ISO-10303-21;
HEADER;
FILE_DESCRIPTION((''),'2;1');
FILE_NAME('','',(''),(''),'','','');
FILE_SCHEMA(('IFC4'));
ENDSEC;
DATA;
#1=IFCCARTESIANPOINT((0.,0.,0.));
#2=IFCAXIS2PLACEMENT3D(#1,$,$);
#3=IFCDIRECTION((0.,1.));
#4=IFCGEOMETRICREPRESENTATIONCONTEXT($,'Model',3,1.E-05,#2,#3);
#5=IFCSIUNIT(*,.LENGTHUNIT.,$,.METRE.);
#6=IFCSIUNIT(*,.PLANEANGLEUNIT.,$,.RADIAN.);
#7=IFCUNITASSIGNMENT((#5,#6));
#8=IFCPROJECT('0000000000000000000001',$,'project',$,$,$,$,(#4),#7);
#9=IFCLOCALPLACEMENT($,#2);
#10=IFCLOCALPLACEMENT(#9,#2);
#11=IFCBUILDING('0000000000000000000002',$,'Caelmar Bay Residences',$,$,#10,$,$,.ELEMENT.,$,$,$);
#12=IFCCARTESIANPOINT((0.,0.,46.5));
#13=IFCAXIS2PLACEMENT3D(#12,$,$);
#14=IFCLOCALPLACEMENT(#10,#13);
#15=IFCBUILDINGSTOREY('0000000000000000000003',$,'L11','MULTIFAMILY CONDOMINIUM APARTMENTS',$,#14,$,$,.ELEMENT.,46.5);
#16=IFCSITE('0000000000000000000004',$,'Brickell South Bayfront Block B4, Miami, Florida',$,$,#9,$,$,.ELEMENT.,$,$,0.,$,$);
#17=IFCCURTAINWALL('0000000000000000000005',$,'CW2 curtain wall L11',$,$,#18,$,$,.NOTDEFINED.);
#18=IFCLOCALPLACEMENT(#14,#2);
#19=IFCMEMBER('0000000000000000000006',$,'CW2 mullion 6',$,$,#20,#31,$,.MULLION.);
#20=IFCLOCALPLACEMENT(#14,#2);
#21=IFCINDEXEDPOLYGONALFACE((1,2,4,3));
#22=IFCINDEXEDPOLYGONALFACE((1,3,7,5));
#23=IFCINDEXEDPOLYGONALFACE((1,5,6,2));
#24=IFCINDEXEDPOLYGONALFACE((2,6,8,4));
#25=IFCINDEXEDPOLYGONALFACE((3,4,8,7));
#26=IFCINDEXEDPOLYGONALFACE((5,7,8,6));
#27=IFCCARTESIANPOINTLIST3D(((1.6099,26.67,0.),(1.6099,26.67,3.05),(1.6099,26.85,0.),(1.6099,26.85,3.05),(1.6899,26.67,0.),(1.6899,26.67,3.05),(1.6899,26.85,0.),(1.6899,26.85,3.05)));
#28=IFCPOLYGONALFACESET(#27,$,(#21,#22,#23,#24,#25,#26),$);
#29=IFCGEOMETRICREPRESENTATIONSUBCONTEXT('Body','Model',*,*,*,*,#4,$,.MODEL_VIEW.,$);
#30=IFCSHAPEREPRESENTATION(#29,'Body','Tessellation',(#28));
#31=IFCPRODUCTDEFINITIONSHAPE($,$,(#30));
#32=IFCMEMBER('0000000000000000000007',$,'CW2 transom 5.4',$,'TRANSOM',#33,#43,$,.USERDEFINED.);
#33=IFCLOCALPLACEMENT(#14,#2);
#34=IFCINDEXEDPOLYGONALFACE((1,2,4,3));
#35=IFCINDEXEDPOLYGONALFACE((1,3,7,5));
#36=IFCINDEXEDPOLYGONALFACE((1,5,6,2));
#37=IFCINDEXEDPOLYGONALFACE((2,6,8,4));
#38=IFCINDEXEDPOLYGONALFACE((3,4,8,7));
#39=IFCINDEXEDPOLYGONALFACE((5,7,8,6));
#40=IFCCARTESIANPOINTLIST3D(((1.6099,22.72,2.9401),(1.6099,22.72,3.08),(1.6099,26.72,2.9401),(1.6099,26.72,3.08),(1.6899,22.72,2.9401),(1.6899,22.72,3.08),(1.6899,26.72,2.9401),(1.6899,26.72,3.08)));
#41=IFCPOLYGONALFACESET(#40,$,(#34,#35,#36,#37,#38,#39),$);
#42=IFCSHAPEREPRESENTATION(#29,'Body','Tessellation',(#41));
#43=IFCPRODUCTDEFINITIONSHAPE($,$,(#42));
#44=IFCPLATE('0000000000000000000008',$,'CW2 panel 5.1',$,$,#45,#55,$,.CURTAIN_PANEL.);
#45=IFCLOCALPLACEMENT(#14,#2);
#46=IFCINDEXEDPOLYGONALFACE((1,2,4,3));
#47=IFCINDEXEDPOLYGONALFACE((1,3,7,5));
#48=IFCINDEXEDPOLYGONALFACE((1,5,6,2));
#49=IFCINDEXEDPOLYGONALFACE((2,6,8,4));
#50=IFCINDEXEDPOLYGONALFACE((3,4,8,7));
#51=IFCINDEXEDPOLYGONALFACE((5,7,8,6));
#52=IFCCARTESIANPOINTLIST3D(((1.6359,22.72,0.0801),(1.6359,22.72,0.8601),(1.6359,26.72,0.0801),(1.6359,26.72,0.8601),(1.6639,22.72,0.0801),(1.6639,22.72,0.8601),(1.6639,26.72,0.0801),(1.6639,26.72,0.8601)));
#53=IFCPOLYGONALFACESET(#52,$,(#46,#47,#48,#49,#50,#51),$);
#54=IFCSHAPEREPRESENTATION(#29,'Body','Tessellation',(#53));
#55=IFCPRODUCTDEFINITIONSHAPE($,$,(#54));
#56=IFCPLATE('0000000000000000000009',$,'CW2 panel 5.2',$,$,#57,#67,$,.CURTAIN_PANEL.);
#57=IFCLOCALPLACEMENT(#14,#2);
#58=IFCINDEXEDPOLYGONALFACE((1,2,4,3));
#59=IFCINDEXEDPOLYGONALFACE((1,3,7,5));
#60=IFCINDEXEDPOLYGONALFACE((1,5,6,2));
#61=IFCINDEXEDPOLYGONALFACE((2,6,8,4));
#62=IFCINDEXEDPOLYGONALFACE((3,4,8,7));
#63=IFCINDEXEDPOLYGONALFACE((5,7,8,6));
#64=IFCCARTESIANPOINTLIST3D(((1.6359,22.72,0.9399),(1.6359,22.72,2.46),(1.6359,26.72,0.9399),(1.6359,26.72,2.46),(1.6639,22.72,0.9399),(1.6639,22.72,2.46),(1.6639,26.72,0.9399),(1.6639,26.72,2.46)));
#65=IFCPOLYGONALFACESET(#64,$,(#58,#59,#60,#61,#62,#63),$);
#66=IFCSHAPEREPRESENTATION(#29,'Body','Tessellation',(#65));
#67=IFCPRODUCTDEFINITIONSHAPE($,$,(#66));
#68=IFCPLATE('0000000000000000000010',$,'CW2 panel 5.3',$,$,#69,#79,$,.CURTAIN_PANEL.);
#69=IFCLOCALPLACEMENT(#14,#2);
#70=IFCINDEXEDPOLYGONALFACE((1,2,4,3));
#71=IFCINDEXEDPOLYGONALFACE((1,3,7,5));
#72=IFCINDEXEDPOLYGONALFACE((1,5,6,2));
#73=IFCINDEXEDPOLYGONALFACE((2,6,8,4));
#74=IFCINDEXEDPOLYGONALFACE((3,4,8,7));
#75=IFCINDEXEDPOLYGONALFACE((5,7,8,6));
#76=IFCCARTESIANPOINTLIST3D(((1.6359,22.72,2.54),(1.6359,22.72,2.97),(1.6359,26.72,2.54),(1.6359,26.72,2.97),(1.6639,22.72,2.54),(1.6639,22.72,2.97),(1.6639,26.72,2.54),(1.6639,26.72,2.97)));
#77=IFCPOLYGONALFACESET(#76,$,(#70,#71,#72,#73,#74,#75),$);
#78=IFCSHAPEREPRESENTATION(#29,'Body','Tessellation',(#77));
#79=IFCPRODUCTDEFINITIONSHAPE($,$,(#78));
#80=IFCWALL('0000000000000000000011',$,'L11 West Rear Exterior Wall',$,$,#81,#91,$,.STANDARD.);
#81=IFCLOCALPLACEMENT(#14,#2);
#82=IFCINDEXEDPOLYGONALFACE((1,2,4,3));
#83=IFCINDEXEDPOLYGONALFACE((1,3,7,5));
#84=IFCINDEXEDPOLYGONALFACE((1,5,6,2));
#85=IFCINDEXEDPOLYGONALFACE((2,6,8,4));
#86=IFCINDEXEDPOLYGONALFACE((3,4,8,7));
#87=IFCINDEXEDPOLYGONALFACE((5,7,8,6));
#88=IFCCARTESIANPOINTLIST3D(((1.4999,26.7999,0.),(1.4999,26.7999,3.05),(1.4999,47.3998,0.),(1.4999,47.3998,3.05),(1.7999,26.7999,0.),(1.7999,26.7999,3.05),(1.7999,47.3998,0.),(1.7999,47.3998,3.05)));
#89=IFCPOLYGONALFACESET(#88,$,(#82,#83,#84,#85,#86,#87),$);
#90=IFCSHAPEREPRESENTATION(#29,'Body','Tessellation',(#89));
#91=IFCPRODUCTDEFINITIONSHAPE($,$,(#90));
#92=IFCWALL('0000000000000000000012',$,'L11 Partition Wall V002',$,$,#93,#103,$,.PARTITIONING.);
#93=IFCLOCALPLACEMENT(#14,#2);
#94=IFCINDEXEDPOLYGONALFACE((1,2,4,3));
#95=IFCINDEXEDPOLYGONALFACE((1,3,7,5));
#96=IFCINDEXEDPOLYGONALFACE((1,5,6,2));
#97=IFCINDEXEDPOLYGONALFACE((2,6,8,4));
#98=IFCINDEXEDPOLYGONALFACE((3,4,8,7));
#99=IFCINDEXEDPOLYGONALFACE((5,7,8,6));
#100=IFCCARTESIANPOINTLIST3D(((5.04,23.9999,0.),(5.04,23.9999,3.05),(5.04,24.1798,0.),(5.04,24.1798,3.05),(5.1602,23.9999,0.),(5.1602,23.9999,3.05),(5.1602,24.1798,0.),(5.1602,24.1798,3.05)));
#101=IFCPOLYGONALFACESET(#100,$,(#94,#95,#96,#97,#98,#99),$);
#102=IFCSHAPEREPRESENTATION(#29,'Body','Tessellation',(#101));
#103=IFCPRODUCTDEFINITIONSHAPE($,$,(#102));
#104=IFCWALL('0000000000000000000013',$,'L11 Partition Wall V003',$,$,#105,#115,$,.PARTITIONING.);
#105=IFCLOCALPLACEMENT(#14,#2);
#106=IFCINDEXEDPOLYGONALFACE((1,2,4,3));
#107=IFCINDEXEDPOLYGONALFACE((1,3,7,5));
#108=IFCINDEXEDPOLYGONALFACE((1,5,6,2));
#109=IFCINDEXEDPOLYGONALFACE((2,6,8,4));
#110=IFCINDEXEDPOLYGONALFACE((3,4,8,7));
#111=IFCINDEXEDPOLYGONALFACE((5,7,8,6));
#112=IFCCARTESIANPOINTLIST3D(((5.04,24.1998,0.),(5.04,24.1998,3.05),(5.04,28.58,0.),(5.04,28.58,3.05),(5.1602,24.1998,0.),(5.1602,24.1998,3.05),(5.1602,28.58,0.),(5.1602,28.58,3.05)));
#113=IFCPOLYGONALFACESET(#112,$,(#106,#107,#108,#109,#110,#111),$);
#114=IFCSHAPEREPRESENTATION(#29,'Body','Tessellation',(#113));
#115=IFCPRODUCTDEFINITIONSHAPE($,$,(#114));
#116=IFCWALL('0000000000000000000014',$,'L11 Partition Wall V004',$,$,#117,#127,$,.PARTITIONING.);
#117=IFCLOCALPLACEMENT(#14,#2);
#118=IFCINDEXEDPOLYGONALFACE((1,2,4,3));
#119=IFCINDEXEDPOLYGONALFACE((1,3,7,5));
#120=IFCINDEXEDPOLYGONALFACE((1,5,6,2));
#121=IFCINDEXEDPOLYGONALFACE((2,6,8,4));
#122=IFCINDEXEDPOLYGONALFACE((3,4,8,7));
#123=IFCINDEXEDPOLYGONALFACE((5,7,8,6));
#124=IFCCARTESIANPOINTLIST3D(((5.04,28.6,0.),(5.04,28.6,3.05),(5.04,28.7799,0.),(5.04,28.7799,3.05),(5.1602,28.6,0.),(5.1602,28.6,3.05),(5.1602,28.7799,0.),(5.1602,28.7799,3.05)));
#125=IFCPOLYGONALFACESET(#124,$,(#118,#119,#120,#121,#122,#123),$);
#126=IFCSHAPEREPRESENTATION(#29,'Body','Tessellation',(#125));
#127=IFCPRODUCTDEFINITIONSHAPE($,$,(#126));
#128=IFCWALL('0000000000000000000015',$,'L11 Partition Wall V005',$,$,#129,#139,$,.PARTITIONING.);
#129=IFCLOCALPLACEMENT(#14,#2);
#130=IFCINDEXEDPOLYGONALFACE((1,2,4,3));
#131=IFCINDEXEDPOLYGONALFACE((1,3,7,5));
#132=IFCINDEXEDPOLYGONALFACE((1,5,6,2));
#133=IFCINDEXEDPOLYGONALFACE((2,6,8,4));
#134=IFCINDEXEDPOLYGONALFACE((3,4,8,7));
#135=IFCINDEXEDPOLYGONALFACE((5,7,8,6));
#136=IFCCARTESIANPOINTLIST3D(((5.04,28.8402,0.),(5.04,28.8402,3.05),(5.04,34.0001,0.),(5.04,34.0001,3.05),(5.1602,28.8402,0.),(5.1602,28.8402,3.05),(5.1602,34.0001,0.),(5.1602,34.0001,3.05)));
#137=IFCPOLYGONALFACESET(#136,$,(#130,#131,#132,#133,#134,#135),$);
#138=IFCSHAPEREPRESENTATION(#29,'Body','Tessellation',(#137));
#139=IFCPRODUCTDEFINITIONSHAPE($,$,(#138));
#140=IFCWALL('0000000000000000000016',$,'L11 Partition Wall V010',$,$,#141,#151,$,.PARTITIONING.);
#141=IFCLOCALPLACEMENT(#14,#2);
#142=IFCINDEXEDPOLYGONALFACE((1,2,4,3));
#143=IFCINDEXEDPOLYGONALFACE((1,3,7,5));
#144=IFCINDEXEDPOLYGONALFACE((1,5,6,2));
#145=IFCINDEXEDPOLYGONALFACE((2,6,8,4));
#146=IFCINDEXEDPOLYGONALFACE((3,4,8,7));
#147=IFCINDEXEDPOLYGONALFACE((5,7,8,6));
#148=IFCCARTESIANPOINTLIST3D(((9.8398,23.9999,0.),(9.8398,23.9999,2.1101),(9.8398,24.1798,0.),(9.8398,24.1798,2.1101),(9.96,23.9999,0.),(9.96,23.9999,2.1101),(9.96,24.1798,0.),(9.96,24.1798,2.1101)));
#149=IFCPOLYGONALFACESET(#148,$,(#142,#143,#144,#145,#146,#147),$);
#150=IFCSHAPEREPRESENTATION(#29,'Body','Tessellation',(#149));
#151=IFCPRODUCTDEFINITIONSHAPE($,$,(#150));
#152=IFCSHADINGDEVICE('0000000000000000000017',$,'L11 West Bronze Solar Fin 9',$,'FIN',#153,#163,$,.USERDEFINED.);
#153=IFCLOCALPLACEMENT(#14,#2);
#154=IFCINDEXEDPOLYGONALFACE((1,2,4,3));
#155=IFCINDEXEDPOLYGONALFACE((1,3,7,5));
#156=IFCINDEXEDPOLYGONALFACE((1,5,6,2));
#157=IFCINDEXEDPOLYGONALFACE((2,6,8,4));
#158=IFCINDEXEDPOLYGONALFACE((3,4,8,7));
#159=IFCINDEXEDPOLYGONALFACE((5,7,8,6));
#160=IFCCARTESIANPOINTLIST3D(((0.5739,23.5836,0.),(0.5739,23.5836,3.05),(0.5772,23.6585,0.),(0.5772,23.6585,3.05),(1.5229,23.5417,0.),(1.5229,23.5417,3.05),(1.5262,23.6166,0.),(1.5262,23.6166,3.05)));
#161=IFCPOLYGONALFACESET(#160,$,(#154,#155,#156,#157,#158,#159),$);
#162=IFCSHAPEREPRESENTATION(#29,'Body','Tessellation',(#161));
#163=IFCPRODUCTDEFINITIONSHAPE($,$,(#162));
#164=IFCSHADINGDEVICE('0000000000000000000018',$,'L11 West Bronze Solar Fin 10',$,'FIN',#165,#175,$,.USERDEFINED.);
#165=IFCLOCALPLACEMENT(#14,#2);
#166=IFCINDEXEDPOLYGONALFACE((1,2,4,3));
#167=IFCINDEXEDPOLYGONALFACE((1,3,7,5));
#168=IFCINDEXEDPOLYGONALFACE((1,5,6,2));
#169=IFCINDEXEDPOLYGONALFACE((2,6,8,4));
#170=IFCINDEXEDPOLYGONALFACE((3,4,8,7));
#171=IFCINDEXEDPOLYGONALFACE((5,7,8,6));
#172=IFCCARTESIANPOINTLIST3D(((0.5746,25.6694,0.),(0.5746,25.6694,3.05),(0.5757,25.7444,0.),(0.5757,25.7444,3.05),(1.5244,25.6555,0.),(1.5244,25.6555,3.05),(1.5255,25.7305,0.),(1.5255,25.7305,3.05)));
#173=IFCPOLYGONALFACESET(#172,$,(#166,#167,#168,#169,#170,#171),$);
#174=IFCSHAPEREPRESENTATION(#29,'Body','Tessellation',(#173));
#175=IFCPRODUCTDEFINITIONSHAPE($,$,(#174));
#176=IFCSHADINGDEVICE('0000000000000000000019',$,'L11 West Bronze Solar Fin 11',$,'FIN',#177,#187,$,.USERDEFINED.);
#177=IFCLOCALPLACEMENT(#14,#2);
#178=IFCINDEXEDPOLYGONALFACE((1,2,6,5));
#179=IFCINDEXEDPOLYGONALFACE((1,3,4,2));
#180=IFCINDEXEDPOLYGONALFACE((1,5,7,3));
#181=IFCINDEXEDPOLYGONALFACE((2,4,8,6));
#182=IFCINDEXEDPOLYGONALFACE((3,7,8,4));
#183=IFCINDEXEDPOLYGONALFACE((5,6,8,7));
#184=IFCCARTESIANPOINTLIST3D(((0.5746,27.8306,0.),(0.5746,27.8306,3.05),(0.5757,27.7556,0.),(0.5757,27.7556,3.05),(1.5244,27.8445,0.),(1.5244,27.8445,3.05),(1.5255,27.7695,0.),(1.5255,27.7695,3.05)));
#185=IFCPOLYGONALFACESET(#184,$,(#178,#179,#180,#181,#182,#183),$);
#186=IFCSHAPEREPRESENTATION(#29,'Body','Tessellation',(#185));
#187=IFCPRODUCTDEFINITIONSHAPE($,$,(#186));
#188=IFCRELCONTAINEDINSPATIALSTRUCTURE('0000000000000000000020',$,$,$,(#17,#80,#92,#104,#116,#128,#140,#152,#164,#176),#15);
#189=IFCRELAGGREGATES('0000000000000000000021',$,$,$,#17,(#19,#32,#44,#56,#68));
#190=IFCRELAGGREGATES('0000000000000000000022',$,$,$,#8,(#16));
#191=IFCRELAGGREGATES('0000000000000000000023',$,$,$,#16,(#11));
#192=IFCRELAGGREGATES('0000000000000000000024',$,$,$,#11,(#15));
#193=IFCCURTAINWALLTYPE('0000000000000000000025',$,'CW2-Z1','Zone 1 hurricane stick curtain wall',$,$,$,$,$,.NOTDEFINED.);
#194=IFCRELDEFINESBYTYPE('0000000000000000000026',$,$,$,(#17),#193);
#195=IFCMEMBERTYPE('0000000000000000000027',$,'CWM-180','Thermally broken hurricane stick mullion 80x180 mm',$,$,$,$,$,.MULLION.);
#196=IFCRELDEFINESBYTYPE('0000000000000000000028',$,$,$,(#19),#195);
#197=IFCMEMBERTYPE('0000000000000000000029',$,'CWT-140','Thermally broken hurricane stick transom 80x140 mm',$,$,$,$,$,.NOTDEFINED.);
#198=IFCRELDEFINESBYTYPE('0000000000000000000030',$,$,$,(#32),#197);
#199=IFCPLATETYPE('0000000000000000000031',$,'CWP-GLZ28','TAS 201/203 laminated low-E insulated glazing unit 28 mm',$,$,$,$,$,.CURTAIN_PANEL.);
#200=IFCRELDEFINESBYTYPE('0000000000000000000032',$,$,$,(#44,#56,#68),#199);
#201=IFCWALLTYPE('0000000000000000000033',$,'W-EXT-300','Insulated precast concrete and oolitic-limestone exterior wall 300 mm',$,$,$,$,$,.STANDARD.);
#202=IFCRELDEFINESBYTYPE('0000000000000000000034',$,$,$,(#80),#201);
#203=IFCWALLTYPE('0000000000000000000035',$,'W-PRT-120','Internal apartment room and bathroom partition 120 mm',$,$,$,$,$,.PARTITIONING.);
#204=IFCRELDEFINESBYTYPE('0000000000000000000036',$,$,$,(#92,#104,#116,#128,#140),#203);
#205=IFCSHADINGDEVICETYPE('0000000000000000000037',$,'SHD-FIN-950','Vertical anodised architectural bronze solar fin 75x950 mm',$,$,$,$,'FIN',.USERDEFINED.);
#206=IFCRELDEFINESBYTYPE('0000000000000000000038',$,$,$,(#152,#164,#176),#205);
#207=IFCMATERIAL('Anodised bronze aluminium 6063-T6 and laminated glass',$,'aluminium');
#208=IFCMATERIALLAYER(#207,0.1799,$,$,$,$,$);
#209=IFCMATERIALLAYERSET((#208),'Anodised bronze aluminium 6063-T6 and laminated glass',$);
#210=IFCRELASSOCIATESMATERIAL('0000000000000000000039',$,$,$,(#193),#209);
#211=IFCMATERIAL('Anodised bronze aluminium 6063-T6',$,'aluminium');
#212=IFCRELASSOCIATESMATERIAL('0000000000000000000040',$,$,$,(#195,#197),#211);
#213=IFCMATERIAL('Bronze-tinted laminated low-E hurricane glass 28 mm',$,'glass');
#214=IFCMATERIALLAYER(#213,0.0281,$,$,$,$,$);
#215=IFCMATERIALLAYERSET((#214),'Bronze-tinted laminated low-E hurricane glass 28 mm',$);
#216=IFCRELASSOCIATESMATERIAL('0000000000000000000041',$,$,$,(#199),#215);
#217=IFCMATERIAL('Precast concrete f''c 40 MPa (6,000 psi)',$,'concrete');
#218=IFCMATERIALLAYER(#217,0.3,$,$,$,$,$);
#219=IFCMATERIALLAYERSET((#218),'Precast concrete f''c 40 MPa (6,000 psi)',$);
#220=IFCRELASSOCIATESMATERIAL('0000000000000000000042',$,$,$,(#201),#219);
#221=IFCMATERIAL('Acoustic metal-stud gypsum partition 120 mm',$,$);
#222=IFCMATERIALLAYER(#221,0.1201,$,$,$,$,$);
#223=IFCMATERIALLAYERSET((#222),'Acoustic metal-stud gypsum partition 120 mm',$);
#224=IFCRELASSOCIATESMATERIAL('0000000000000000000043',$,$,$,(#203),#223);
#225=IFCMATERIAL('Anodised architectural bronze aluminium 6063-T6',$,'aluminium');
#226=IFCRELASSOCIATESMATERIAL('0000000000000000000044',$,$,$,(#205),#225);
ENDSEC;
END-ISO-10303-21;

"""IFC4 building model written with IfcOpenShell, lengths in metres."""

from ifc_helpers import new_model, si_unit, direction, frame, frame_2d, origin, origin_2d, place, context, subcontext, project, spatial, rectangle, extrude, material, layer, layer_set, material_profile, profile_set, type_object, element, aggregate, save


model = new_model("IFC4")

# Units and contexts
model_context = context("Model", 3, precision=1e-05, world=origin(), true_north=direction((0.0, 1.0)))
body_context = subcontext(model_context, "Body", "Model", "MODEL_VIEW")
ifc_project = project(units=[si_unit("LENGTHUNIT", "METRE"), si_unit("PLANEANGLEUNIT", "RADIAN")], contexts=[model_context])

# Site, building, storey
site_placement = place(None, origin())
site = spatial("IfcSite", under=ifc_project, at=site_placement, Name="Brickell South Bayfront Block B4, Miami, Florida", CompositionType="ELEMENT", RefElevation=0.0)
building_placement = place(site_placement, origin())
building = spatial("IfcBuilding", under=site, at=building_placement, Name="Caelmar Bay Residences", CompositionType="ELEMENT")
storey_placement = place(building_placement, frame((0.0, 0.0, 46.5)))
storey = spatial("IfcBuildingStorey", under=building, at=storey_placement, Name="L11", Description="MULTIFAMILY CONDOMINIUM APARTMENTS", CompositionType="ELEMENT", Elevation=46.5)

# Curtain wall, members, plates
ifc_material_1 = material(Name="Anodised bronze aluminium 6063-T6 and laminated glass", Category="aluminium")
ifc_layer_1 = layer(ifc_material_1, 0.1799)
ifc_layer_set_1 = layer_set([ifc_layer_1], Name="Anodised bronze aluminium 6063-T6 and laminated glass")
curtain_wall_type = type_object("IfcCurtainWallType", Name="CW2-Z1", Description="Zone 1 hurricane stick curtain wall", PredefinedType="NOTDEFINED", material=ifc_layer_set_1)
curtain_wall_placement = place(storey_placement, origin())
curtain_wall = element("IfcCurtainWall", 1, at=curtain_wall_placement, inside=storey, type_object=curtain_wall_type, Name="CW2 curtain wall L11", PredefinedType="NOTDEFINED")
ifc_material_2 = material(Name="Anodised bronze aluminium 6063-T6", Category="aluminium")
ifc_material_profile_1 = material_profile(ifc_material_2, rectangle(XDim=0.0801, YDim=0.1799, at=origin_2d()), Name="CWM-80X180")
ifc_profile_set_1 = profile_set([ifc_material_profile_1], Name="Anodised bronze aluminium 6063-T6")
member_type_1 = type_object("IfcMemberType", Name="CWM-180", Description="Thermally broken hurricane stick mullion 80x180 mm", PredefinedType="MULLION", material=ifc_profile_set_1)
member_1_placement = place(storey_placement, frame((1.6499, 26.76, 0.0), z_axis=(0.0, 0.0, 1.0), x_axis=(-1.0, 0.0, 0.0)))
member_1 = element("IfcMember", 2, at=member_1_placement, type_object=member_type_1, Name="CW2 mullion 6", PredefinedType="MULLION", context=body_context, shape_type="SweptSolid", body=[
    extrude(rectangle(XDim=0.0801, YDim=0.1799, at=origin_2d()), origin(), (0.0, 0.0, 1.0), 3.05),
])
ifc_material_profile_2 = material_profile(ifc_material_2, rectangle(XDim=0.0801, YDim=0.1399, at=origin_2d()), Name="CWT-80X140")
ifc_profile_set_2 = profile_set([ifc_material_profile_2], Name="Anodised bronze aluminium 6063-T6")
member_type_2 = type_object("IfcMemberType", Name="CWT-140", Description="Thermally broken hurricane stick transom 80x140 mm", PredefinedType="NOTDEFINED", material=ifc_profile_set_2)
member_2_placement = place(storey_placement, frame((1.6499, 22.72, 3.01), z_axis=(0.0, 1.0, 0.0), x_axis=(-1.0, 0.0, 0.0)))
member_2 = element("IfcMember", 3, at=member_2_placement, type_object=member_type_2, Name="CW2 transom 5.4", ObjectType="TRANSOM", PredefinedType="USERDEFINED", context=body_context, shape_type="SweptSolid", body=[
    extrude(rectangle(XDim=0.0801, YDim=0.1399, at=origin_2d()), origin(), (0.0, 0.0, 1.0), 4.0),
])
ifc_material_3 = material(Name="Bronze-tinted laminated low-E hurricane glass 28 mm", Category="glass")
ifc_layer_2 = layer(ifc_material_3, 0.0281)
ifc_layer_set_2 = layer_set([ifc_layer_2], Name="Bronze-tinted laminated low-E hurricane glass 28 mm")
plate_type = type_object("IfcPlateType", Name="CWP-GLZ28", Description="TAS 201/203 laminated low-E insulated glazing unit 28 mm", PredefinedType="CURTAIN_PANEL", material=ifc_layer_set_2)
plate_1_placement = place(storey_placement, frame((1.6499, 24.72, 0.0801), z_axis=(0.0, 0.0, 1.0), x_axis=(0.0, 1.0, 0.0)))
plate_1 = element("IfcPlate", 4, at=plate_1_placement, type_object=plate_type, Name="CW2 panel 5.1", PredefinedType="CURTAIN_PANEL", context=body_context, shape_type="SweptSolid", body=[
    extrude(rectangle(XDim=4.0, YDim=0.0281, at=origin_2d()), origin(), (0.0, 0.0, 1.0), 0.78),
])
plate_2_placement = place(storey_placement, frame((1.6499, 24.72, 0.9399), z_axis=(0.0, 0.0, 1.0), x_axis=(0.0, 1.0, 0.0)))
plate_2 = element("IfcPlate", 5, at=plate_2_placement, type_object=plate_type, Name="CW2 panel 5.2", PredefinedType="CURTAIN_PANEL", context=body_context, shape_type="SweptSolid", body=[
    extrude(rectangle(XDim=4.0, YDim=0.0281, at=origin_2d()), origin(), (0.0, 0.0, 1.0), 1.52),
])
plate_3_placement = place(storey_placement, frame((1.6499, 24.72, 2.54), z_axis=(0.0, 0.0, 1.0), x_axis=(0.0, 1.0, 0.0)))
plate_3 = element("IfcPlate", 6, at=plate_3_placement, type_object=plate_type, Name="CW2 panel 5.3", PredefinedType="CURTAIN_PANEL", context=body_context, shape_type="SweptSolid", body=[
    extrude(rectangle(XDim=4.0, YDim=0.0281, at=origin_2d()), origin(), (0.0, 0.0, 1.0), 0.4299),
])
aggregate(curtain_wall, [member_1, member_2, plate_1, plate_2, plate_3])

# Walls
ifc_material_4 = material(Name="Precast concrete f'c 40 MPa (6,000 psi)", Category="concrete")
ifc_layer_3 = layer(ifc_material_4, 0.3)
ifc_layer_set_3 = layer_set([ifc_layer_3], Name="Precast concrete f'c 40 MPa (6,000 psi)")
wall_type_1 = type_object("IfcWallType", Name="W-EXT-300", Description="Insulated precast concrete and oolitic-limestone exterior wall 300 mm", PredefinedType="STANDARD", material=ifc_layer_set_3)
wall_1_placement = place(storey_placement, frame((1.6499, 26.8, 0.0), z_axis=(0.0, 0.0, 1.0), x_axis=(0.0, 1.0, 0.0)))
element("IfcWall", 7, at=wall_1_placement, inside=storey, type_object=wall_type_1, Name="L11 West Rear Exterior Wall", PredefinedType="STANDARD", context=body_context, shape_type="SweptSolid", body=[
    extrude(rectangle(XDim=20.5999, YDim=0.3, at=frame_2d((10.2998, 0.0))), origin(), (0.0, 0.0, 1.0), 3.05),
])
ifc_material_5 = material(Name="Acoustic metal-stud gypsum partition 120 mm")
ifc_layer_4 = layer(ifc_material_5, 0.1201)
ifc_layer_set_4 = layer_set([ifc_layer_4], Name="Acoustic metal-stud gypsum partition 120 mm")
wall_type_2 = type_object("IfcWallType", Name="W-PRT-120", Description="Internal apartment room and bathroom partition 120 mm", PredefinedType="PARTITIONING", material=ifc_layer_set_4)
wall_2_placement = place(storey_placement, frame((5.1001, 24.0, 0.0), z_axis=(0.0, 0.0, 1.0), x_axis=(0.0, 1.0, 0.0)))
element("IfcWall", 8, at=wall_2_placement, inside=storey, type_object=wall_type_2, Name="L11 Partition Wall V002", PredefinedType="PARTITIONING", context=body_context, shape_type="SweptSolid", body=[
    extrude(rectangle(XDim=0.1799, YDim=0.1201, at=frame_2d((0.0898, 0.0))), origin(), (0.0, 0.0, 1.0), 3.05),
])
wall_3_placement = place(storey_placement, frame((5.1001, 24.2, 0.0), z_axis=(0.0, 0.0, 1.0), x_axis=(0.0, 1.0, 0.0)))
element("IfcWall", 9, at=wall_3_placement, inside=storey, type_object=wall_type_2, Name="L11 Partition Wall V003", PredefinedType="PARTITIONING", context=body_context, shape_type="SweptSolid", body=[
    extrude(rectangle(XDim=4.3801, YDim=0.1201, at=frame_2d((2.1899, 0.0))), origin(), (0.0, 0.0, 1.0), 3.05),
])
wall_4_placement = place(storey_placement, frame((5.1001, 28.6001, 0.0), z_axis=(0.0, 0.0, 1.0), x_axis=(0.0, 1.0, 0.0)))
element("IfcWall", 10, at=wall_4_placement, inside=storey, type_object=wall_type_2, Name="L11 Partition Wall V004", PredefinedType="PARTITIONING", context=body_context, shape_type="SweptSolid", body=[
    extrude(rectangle(XDim=0.1799, YDim=0.1201, at=frame_2d((0.0898, 0.0))), origin(), (0.0, 0.0, 1.0), 3.05),
])
wall_5_placement = place(storey_placement, frame((5.1001, 28.8401, 0.0), z_axis=(0.0, 0.0, 1.0), x_axis=(0.0, 1.0, 0.0)))
element("IfcWall", 11, at=wall_5_placement, inside=storey, type_object=wall_type_2, Name="L11 Partition Wall V005", PredefinedType="PARTITIONING", context=body_context, shape_type="SweptSolid", body=[
    extrude(rectangle(XDim=5.1599, YDim=0.1201, at=frame_2d((2.5801, 0.0))), origin(), (0.0, 0.0, 1.0), 3.05),
])
wall_6_placement = place(storey_placement, frame((9.8999, 24.0, 0.0), z_axis=(0.0, 0.0, 1.0), x_axis=(0.0, 1.0, 0.0)))
element("IfcWall", 12, at=wall_6_placement, inside=storey, type_object=wall_type_2, Name="L11 Partition Wall V010", PredefinedType="PARTITIONING", context=body_context, shape_type="SweptSolid", body=[
    extrude(rectangle(XDim=0.1799, YDim=0.1201, at=frame_2d((0.0898, 0.0))), origin(), (0.0, 0.0, 1.0), 2.1101),
])

# Shading devices
ifc_material_6 = material(Name="Anodised architectural bronze aluminium 6063-T6", Category="aluminium")
ifc_material_profile_3 = material_profile(ifc_material_6, rectangle(XDim=0.075, YDim=0.95, at=origin_2d()), Name="BRONZE-FIN-75X950")
ifc_profile_set_3 = profile_set([ifc_material_profile_3], Name="Anodised architectural bronze aluminium 6063-T6")
shading_device_type = type_object("IfcShadingDeviceType", Name="SHD-FIN-950", Description="Vertical anodised architectural bronze solar fin 75x950 mm", ElementType="FIN", PredefinedType="USERDEFINED", material=ifc_profile_set_3)
for number, where, z_axis, x_axis, name in (
    (13, (1.05, 23.6001, 0.0), (0.0, 0.0, 1.0), (0.044142, 0.999025, 0.0), "L11 West Bronze Solar Fin 9"),
    (14, (1.05, 25.7, 0.0), (0.0, 0.0, 1.0), (0.01466, 0.999893, 0.0), "L11 West Bronze Solar Fin 10"),
    (15, (1.05, 27.8, 0.0), (0.0, 0.0, 1.0), (-0.01466, 0.999893, 0.0), "L11 West Bronze Solar Fin 11"),
):
    element("IfcShadingDevice", number, at=place(storey_placement, frame(where, z_axis=z_axis, x_axis=x_axis)), inside=storey, type_object=shading_device_type, Name=name, ObjectType="FIN", PredefinedType="USERDEFINED", context=body_context, shape_type="SweptSolid", body=[
        extrude(rectangle(XDim=0.075, YDim=0.95, at=origin_2d()), origin(), (0.0, 0.0, 1.0), 3.05),
    ])

save(model, "model.ifc")
